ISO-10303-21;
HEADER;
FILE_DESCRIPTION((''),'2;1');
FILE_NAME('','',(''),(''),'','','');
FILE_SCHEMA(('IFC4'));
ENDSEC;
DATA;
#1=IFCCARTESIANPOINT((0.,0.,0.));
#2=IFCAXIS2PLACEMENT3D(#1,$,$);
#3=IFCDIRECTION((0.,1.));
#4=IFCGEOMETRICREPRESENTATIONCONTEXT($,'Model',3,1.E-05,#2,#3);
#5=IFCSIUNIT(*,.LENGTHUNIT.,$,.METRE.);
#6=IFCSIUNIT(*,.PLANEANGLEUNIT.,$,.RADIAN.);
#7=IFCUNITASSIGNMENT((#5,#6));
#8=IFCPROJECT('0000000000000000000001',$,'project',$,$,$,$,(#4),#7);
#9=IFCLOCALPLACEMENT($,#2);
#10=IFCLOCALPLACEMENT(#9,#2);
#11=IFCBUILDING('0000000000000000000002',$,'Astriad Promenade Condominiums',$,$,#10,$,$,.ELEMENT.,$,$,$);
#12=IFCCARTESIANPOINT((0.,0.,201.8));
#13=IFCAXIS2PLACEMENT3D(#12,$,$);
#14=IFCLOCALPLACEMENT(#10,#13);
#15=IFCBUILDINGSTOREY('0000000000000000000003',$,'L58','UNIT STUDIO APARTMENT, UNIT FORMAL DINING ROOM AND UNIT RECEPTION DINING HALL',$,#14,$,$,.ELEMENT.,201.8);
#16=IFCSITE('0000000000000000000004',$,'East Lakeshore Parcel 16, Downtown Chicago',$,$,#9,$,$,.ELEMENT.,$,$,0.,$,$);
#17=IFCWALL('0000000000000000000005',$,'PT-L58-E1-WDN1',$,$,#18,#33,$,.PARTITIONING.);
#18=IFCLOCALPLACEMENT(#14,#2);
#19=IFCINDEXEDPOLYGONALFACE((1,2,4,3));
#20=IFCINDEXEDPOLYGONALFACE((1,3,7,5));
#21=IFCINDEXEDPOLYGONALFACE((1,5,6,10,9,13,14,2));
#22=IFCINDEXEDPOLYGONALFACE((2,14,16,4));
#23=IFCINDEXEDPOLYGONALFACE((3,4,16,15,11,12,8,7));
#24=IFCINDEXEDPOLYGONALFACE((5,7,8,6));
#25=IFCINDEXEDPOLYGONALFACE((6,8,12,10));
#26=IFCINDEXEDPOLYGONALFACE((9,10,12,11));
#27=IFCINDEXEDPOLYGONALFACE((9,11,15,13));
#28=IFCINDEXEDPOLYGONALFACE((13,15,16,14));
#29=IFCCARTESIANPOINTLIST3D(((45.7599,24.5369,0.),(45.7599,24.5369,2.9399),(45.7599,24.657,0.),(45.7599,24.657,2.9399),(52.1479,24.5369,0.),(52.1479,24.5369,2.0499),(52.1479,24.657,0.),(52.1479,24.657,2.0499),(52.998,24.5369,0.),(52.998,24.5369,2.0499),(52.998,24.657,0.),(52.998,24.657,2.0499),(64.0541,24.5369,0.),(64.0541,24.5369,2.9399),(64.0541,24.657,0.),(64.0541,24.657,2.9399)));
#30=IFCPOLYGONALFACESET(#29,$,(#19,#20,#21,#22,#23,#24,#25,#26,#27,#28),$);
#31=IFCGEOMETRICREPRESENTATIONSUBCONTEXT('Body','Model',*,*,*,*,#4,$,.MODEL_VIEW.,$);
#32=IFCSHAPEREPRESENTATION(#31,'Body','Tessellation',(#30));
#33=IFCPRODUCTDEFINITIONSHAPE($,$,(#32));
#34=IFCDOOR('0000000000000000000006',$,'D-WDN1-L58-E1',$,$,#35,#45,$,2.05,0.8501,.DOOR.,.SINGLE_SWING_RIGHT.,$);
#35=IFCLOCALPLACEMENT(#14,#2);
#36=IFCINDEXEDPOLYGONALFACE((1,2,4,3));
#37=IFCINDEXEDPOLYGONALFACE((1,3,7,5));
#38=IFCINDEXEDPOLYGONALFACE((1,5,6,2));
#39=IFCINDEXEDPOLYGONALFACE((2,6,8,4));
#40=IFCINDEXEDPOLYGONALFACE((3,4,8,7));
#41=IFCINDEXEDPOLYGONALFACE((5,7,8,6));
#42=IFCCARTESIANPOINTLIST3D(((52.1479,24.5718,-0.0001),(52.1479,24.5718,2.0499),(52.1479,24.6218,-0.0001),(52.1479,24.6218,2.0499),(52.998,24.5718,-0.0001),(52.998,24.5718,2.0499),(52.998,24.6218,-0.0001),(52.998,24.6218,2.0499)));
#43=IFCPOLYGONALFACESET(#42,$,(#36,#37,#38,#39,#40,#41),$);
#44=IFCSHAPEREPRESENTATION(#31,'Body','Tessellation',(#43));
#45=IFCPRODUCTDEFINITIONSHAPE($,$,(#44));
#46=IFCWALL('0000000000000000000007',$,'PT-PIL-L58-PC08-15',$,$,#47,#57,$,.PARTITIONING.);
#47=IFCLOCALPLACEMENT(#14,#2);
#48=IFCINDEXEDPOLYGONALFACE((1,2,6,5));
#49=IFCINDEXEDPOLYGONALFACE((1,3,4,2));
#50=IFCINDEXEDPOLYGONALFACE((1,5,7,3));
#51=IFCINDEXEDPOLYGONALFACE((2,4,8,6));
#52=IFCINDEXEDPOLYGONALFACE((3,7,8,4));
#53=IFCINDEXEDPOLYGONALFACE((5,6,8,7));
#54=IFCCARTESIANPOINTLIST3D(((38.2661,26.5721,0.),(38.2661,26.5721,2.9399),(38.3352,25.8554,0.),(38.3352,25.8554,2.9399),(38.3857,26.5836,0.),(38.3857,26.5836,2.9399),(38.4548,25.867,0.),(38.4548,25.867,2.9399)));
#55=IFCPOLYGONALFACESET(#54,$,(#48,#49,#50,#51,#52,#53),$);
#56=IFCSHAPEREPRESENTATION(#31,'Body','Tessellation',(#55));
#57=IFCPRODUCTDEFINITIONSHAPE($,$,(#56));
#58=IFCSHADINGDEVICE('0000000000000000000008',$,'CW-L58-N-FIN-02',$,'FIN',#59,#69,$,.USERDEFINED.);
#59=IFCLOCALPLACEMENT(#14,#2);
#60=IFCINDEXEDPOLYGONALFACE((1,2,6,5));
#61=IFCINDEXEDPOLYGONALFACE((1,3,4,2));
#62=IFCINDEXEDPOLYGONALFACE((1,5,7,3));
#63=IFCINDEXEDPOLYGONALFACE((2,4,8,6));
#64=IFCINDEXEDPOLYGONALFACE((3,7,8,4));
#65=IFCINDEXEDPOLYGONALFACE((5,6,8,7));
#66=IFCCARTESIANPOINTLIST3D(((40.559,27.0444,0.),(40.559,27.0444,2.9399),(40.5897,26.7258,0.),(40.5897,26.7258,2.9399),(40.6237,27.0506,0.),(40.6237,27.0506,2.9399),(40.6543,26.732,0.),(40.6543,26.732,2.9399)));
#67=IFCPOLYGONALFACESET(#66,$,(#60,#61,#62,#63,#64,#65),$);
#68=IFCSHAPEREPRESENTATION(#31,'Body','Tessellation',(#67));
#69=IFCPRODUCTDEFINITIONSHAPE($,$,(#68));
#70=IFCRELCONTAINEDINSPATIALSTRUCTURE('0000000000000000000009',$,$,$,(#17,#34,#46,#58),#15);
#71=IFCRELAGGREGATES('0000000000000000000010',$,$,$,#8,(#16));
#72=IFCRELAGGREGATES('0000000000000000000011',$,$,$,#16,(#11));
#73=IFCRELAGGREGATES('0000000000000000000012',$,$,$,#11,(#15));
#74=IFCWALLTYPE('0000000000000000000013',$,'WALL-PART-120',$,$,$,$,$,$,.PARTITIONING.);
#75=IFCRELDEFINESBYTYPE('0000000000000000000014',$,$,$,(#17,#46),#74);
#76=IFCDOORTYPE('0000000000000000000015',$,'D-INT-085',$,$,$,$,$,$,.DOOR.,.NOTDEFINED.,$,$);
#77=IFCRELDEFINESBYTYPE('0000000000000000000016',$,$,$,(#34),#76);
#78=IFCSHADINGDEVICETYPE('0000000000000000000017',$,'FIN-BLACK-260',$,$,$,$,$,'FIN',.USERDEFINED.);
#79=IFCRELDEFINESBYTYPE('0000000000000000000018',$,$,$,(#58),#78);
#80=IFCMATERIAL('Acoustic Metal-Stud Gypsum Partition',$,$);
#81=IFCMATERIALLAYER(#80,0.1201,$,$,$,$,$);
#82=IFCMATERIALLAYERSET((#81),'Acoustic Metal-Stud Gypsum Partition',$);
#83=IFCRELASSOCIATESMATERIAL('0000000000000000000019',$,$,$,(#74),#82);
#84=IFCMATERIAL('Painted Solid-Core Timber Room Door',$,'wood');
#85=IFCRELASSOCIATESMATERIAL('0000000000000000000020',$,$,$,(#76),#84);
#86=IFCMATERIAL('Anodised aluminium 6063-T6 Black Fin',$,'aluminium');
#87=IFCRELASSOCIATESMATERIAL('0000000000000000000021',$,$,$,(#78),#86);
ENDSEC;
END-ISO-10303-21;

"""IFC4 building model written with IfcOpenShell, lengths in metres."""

from ifc_helpers import new_model, si_unit, direction, frame, frame_2d, origin, origin_2d, place, context, subcontext, project, spatial, rectangle, extrude, source, transform, mapped, material, layer, layer_set, type_object, type_shapes, element, fill, save


model = new_model("IFC4")

# Units and contexts
model_context = context("Model", 3, precision=1e-05, world=origin(), true_north=direction((0.0, 1.0)))
body_context = subcontext(model_context, "Body", "Model", "MODEL_VIEW")
ifc_project = project(units=[si_unit("LENGTHUNIT", "METRE"), si_unit("PLANEANGLEUNIT", "RADIAN")], contexts=[model_context])

# Site, building, storey
site_placement = place(None, origin())
site = spatial("IfcSite", under=ifc_project, at=site_placement, Name="East Lakeshore Parcel 16, Downtown Chicago", CompositionType="ELEMENT", RefElevation=0.0)
building_placement = place(site_placement, origin())
building = spatial("IfcBuilding", under=site, at=building_placement, Name="Astriad Promenade Condominiums", CompositionType="ELEMENT")
storey_placement = place(building_placement, frame((0.0, 0.0, 201.8)))
storey = spatial("IfcBuildingStorey", under=building, at=storey_placement, Name="L58", Description="UNIT STUDIO APARTMENT, UNIT FORMAL DINING ROOM AND UNIT RECEPTION DINING HALL", CompositionType="ELEMENT", Elevation=201.8)

# Wall, opening, door
ifc_material_1 = material(Name="Acoustic Metal-Stud Gypsum Partition")
ifc_layer_1 = layer(ifc_material_1, 0.1201)
ifc_layer_set_1 = layer_set([ifc_layer_1], Name="Acoustic Metal-Stud Gypsum Partition")
wall_type_1 = type_object("IfcWallType", Name="WALL-PART-120", PredefinedType="PARTITIONING", material=ifc_layer_set_1)
wall_1_placement = place(storey_placement, frame((45.76, 24.5969, 0.0), z_axis=(0.0, 0.0, 1.0), x_axis=(1.0, 0.0, 0.0)))
wall_1 = element("IfcWall", 1, at=wall_1_placement, inside=storey, type_object=wall_type_1, Name="PT-L58-E1-WDN1", PredefinedType="PARTITIONING", context=body_context, shape_type="SweptSolid", body=[
    extrude(rectangle(XDim=18.2942, YDim=0.1201, at=frame_2d((9.147, 0.0))), origin(), (0.0, 0.0, 1.0), 2.9399),
])
opening_1_placement = place(wall_1_placement, frame((6.3879, 0.0, 0.0)))
opening_1 = element("IfcOpeningElement", 2, at=opening_1_placement, cuts=wall_1, PredefinedType="OPENING", context=body_context, shape_type="SweptSolid", body=[
    extrude(rectangle(XDim=0.8501, YDim=2.05, at=frame_2d((0.425, 1.0249))), frame((0.0, 0.0701, 0.0), z_axis=(0.0, -1.0, 0.0), x_axis=(1.0, 0.0, 0.0)), (0.0, 0.0, 1.0), 0.1401),
])
ifc_material_2 = material(Name="Painted Solid-Core Timber Room Door", Category="wood")
door_type_1 = type_object("IfcDoorType", Name="D-INT-085", OperationType="NOTDEFINED", PredefinedType="DOOR", material=ifc_material_2)
shared_shape_1 = source(origin(), body_context, "Body", "SweptSolid", [
    extrude(rectangle(XDim=0.8501, YDim=2.05, at=frame_2d((0.425, 1.0249))), frame((0.0, 0.0249, 0.0), z_axis=(0.0, -1.0, 0.0), x_axis=(1.0, 0.0, 0.0)), (0.0, 0.0, 1.0), 0.05),
])
type_shapes(door_type_1, [shared_shape_1])
door_1_placement = place(opening_1_placement, origin())
door_1 = element("IfcDoor", 3, at=door_1_placement, inside=storey, type_object=door_type_1, Name="D-WDN1-L58-E1", OperationType="SINGLE_SWING_RIGHT", OverallHeight=2.05, OverallWidth=0.8501, PredefinedType="DOOR", context=body_context, shape_type="MappedRepresentation", body=[
    mapped(shared_shape_1, transform((0.0, 0.0, 0.0), scale=1.0)),
])
fill(opening_1, door_1)

# Wall
wall_2_placement = place(storey_placement, frame((38.395, 25.8613, 0.0), z_axis=(0.0, 0.0, 1.0), x_axis=(-0.095977, 0.995384, 0.0)))
element("IfcWall", 4, at=wall_2_placement, inside=storey, type_object=wall_type_1, Name="PT-PIL-L58-PC08-15", PredefinedType="PARTITIONING", context=body_context, shape_type="SweptSolid", body=[
    extrude(rectangle(XDim=0.72, YDim=0.1201, at=frame_2d((0.3599, 0.0))), origin(), (0.0, 0.0, 1.0), 2.9399),
])

# Shading device
ifc_material_3 = material(Name="Anodised aluminium 6063-T6 Black Fin", Category="aluminium")
shading_device_type = type_object("IfcShadingDeviceType", Name="FIN-BLACK-260", ElementType="FIN", PredefinedType="USERDEFINED", material=ifc_material_3)
shared_shape_2 = source(origin(), body_context, "Body", "SweptSolid", [
    extrude(rectangle(XDim=0.0649, YDim=0.3201, at=origin_2d()), origin(), (0.0, 0.0, 1.0), 2.9399),
])
type_shapes(shading_device_type, [shared_shape_2])
shading_device_placement = place(storey_placement, frame((40.6067, 26.8882, 0.0), z_axis=(0.0, 0.0, 1.0), x_axis=(0.995396, 0.095846, 0.0)))
element("IfcShadingDevice", 5, at=shading_device_placement, inside=storey, type_object=shading_device_type, Name="CW-L58-N-FIN-02", ObjectType="FIN", PredefinedType="USERDEFINED", context=body_context, shape_type="MappedRepresentation", body=[
    mapped(shared_shape_2, transform((0.0, 0.0, 0.0), scale=1.0)),
])

save(model, "model.ifc")
